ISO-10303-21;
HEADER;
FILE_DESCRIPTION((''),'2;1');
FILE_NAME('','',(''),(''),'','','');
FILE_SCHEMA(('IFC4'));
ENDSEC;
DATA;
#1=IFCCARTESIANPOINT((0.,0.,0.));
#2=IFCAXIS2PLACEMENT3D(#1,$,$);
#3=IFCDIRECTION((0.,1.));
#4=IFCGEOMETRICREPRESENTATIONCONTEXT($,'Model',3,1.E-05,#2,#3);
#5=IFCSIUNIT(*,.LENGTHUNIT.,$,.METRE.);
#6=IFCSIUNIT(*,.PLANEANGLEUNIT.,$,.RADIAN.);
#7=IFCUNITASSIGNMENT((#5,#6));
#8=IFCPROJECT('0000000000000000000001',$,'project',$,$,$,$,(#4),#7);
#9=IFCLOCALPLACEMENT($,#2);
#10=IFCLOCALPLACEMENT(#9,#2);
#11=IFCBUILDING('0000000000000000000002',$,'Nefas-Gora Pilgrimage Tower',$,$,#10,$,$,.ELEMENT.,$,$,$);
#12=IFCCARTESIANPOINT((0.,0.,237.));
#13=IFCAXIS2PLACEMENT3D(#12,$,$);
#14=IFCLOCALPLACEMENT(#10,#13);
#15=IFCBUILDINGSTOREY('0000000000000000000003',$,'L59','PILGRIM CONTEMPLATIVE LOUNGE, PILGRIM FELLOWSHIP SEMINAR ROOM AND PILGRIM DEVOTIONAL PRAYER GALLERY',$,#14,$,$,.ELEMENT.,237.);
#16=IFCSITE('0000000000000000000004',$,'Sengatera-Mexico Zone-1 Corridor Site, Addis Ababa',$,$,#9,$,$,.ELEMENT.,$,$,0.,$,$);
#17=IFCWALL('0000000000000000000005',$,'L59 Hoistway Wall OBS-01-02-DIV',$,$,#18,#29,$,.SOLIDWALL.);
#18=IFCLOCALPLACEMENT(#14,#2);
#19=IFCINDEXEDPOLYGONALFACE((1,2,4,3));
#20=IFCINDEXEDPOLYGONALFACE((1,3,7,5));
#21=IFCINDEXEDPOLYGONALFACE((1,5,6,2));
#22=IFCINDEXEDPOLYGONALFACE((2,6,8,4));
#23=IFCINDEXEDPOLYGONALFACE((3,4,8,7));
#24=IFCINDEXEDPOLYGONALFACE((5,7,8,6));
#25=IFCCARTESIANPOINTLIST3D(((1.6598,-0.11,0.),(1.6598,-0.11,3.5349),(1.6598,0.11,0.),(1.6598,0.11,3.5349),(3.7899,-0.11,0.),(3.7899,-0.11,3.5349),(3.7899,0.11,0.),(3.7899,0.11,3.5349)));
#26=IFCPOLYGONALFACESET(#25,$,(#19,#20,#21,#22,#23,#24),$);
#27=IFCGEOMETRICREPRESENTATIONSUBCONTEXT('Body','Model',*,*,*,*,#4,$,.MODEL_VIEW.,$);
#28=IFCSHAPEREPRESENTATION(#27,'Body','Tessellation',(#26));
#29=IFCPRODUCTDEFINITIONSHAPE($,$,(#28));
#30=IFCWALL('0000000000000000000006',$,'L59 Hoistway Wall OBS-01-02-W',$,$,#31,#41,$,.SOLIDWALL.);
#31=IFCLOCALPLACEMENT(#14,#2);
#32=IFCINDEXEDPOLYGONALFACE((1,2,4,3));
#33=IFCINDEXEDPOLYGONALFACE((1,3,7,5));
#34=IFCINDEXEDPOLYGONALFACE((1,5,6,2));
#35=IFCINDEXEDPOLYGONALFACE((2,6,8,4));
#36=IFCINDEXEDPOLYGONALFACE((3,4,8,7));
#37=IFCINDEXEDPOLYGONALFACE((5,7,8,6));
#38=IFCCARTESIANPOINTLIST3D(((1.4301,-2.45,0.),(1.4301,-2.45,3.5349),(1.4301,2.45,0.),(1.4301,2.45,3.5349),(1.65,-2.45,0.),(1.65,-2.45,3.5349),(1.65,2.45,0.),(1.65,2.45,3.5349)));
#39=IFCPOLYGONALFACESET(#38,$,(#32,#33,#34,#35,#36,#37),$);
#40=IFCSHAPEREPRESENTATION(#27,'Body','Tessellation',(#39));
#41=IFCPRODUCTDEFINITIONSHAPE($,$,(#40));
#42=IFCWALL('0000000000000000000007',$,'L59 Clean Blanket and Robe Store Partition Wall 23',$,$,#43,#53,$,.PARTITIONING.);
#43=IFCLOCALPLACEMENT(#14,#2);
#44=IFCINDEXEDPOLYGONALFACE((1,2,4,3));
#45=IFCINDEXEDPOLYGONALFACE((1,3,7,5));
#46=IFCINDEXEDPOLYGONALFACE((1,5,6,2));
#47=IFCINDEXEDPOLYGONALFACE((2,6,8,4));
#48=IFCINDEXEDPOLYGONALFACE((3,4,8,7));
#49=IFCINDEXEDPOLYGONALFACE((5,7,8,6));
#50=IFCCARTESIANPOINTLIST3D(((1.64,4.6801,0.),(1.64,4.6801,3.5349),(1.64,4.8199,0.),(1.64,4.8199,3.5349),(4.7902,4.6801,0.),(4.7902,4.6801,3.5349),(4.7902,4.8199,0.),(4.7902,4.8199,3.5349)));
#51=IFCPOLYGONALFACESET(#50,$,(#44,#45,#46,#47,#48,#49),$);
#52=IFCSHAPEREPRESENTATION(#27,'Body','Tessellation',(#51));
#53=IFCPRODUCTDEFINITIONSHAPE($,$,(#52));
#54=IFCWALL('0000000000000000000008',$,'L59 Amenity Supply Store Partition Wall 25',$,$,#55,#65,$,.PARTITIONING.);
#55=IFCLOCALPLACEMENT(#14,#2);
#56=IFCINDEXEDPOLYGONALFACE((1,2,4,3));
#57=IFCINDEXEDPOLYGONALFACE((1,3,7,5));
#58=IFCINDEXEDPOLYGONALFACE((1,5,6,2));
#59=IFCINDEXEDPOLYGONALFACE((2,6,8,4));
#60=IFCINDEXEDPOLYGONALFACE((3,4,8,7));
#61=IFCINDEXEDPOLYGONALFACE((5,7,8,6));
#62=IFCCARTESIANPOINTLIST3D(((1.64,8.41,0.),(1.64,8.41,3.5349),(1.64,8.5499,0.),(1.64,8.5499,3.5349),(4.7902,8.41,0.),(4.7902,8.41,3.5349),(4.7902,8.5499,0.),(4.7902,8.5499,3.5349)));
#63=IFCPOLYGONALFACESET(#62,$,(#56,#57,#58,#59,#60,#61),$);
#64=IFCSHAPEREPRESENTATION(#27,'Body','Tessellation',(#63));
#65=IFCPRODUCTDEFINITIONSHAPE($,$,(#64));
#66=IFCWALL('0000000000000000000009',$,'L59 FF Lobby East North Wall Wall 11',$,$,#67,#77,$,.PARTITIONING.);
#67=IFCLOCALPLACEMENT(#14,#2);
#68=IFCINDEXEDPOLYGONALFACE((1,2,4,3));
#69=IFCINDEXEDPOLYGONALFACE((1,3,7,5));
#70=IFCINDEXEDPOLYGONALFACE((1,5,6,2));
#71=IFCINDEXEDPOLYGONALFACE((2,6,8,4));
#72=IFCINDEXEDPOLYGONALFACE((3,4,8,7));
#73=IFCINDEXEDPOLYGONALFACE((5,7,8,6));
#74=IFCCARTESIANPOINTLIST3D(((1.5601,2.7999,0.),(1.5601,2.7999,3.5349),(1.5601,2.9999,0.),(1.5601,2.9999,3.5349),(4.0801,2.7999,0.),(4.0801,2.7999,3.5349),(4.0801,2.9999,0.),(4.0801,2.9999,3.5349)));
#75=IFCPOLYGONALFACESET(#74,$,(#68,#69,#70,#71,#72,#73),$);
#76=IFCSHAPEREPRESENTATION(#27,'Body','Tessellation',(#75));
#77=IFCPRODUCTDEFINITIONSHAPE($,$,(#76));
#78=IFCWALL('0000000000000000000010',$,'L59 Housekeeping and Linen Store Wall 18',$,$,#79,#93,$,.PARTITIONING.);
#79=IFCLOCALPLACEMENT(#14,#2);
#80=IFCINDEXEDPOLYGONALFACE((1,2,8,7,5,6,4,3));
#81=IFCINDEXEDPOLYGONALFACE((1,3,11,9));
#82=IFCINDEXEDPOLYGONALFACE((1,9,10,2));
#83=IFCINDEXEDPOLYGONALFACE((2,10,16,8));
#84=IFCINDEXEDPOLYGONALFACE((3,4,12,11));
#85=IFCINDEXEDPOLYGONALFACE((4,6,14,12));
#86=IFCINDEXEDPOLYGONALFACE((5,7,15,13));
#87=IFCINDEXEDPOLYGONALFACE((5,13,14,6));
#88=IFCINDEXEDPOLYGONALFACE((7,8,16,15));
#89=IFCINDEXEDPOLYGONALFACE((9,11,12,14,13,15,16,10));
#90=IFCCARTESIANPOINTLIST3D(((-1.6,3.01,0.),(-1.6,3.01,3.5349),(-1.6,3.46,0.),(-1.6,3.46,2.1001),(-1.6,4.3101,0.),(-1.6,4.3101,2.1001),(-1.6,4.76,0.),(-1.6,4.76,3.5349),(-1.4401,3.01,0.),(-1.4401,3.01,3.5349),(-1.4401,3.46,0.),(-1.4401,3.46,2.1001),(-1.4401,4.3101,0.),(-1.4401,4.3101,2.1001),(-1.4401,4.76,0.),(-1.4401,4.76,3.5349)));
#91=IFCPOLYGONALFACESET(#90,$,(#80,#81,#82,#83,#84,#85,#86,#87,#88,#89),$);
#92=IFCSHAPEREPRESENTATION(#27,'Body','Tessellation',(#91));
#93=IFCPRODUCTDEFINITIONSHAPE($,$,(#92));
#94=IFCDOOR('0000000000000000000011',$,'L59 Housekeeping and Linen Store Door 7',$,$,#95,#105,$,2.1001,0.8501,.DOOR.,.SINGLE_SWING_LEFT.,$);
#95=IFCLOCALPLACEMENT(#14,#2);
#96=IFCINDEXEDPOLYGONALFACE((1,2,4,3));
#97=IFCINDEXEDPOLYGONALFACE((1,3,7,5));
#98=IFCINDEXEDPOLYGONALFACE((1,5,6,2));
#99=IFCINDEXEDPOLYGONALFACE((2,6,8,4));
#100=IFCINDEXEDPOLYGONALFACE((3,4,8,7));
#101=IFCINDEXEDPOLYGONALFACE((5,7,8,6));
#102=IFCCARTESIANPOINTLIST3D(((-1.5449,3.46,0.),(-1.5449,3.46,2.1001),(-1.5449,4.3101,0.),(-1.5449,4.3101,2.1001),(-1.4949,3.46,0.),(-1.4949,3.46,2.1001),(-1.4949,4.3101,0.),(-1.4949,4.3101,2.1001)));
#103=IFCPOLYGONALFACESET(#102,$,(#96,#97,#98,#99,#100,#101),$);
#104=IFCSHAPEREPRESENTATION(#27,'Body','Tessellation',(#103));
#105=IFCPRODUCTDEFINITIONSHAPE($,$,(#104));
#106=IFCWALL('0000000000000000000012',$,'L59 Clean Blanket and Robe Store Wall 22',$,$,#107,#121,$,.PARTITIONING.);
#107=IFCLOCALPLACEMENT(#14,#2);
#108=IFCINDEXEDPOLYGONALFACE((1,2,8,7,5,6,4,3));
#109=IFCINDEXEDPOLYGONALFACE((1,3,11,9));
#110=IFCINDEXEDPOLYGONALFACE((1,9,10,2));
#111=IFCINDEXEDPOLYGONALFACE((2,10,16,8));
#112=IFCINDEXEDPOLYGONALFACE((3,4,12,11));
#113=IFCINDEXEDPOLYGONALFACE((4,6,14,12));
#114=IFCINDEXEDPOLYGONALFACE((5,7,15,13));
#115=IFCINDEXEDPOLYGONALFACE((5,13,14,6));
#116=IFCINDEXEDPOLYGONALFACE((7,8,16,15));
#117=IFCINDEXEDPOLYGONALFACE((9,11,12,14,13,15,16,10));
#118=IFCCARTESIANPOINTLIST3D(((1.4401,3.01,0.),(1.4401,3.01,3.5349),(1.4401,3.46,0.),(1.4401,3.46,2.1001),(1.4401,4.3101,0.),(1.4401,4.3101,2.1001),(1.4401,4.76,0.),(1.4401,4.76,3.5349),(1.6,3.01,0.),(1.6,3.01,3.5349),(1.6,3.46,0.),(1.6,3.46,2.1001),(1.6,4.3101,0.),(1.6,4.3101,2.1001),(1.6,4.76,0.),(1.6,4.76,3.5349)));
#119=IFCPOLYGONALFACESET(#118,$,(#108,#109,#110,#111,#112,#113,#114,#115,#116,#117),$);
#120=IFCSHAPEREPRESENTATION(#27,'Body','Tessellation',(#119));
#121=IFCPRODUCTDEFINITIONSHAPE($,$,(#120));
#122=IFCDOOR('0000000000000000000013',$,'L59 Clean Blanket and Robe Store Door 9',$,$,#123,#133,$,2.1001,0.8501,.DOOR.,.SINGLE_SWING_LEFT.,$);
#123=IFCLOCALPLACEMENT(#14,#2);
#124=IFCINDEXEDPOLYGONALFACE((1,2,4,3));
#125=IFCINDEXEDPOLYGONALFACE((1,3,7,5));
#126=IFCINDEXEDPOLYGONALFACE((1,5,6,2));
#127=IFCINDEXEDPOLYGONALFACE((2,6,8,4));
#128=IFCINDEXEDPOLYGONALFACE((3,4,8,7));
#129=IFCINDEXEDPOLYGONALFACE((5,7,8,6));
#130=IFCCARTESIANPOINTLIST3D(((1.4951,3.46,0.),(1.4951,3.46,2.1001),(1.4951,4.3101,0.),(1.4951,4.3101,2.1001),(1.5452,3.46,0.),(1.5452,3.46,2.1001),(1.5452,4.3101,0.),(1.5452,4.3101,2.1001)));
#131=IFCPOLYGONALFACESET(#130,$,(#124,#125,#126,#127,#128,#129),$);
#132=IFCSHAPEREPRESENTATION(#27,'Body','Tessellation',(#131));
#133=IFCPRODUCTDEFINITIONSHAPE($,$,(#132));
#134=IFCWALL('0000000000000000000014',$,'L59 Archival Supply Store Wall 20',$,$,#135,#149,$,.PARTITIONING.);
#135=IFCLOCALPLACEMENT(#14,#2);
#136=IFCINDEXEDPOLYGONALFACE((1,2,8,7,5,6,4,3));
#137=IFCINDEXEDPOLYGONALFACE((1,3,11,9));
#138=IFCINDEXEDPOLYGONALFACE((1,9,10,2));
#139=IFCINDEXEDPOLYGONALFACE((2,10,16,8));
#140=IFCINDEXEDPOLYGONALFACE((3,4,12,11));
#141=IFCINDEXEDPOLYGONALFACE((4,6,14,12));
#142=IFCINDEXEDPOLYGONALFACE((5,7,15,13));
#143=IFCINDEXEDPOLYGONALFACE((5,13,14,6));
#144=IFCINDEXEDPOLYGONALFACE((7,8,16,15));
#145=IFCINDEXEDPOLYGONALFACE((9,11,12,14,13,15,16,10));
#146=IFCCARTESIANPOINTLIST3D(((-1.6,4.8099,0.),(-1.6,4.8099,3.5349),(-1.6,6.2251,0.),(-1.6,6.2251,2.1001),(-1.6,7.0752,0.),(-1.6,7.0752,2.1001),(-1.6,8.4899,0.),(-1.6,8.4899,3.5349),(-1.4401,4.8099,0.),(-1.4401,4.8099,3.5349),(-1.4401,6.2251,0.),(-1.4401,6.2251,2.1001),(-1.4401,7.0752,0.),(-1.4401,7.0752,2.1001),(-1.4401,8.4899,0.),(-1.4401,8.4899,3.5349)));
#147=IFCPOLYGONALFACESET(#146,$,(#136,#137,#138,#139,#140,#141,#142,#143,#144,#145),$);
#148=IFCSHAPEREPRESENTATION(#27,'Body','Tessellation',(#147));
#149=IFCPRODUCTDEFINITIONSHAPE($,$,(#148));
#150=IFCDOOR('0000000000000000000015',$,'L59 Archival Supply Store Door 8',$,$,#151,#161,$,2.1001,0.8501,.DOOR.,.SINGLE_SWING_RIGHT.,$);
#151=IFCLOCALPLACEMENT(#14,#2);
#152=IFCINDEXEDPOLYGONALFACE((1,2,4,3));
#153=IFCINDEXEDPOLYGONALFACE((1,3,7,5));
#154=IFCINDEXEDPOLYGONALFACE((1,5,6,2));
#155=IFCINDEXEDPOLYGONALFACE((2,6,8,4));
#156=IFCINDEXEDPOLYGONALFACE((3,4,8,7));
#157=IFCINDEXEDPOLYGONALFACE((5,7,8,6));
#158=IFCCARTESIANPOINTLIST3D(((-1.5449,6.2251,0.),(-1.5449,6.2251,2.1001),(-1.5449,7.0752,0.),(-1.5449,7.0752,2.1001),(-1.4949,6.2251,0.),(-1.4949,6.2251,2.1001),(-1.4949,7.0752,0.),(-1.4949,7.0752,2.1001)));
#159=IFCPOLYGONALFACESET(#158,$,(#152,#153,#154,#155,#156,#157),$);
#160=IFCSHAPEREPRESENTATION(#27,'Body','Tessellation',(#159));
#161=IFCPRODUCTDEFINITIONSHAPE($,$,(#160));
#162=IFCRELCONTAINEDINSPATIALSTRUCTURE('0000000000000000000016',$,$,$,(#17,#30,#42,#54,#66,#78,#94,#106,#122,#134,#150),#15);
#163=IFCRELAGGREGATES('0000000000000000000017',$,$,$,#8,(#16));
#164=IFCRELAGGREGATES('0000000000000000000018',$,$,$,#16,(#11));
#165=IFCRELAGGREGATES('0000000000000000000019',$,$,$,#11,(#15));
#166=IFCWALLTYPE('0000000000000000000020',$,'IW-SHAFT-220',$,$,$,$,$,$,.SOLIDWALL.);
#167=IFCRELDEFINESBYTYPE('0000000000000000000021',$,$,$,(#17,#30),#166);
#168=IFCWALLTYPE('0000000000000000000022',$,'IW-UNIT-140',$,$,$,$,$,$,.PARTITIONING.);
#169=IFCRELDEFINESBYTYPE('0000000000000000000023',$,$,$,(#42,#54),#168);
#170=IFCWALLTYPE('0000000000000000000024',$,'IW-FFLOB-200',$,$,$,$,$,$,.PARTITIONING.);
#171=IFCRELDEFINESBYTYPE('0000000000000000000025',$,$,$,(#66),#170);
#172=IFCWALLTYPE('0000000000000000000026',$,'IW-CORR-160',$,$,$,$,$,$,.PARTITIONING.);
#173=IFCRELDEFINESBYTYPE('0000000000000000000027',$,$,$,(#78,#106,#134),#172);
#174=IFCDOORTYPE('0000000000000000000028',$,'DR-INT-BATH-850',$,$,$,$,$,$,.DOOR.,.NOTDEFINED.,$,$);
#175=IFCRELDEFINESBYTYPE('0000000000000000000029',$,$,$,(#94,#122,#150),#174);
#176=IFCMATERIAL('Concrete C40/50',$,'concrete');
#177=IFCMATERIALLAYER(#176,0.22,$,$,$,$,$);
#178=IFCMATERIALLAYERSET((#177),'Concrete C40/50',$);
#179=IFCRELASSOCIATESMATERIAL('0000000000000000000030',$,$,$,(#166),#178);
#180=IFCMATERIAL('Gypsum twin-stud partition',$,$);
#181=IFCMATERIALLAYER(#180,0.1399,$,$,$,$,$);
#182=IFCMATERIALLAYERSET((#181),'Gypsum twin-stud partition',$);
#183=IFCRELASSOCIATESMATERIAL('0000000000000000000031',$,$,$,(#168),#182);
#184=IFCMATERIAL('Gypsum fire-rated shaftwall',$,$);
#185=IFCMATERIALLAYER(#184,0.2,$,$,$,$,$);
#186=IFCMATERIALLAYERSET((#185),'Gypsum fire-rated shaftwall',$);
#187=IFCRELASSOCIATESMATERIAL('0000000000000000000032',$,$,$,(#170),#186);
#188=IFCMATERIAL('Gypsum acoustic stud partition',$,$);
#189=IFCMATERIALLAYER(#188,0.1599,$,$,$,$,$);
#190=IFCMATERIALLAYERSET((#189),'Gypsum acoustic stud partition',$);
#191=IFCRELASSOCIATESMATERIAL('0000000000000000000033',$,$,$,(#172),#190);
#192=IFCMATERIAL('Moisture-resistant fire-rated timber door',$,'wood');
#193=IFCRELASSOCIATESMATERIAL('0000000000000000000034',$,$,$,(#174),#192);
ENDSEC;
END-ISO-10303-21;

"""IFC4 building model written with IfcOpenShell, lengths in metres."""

from ifc_helpers import new_model, si_unit, direction, frame, frame_2d, origin, place, context, subcontext, project, spatial, rectangle, extrude, source, transform, mapped, material, layer, layer_set, type_object, element, fill, save


model = new_model("IFC4")

# Units and contexts
model_context = context("Model", 3, precision=1e-05, world=origin(), true_north=direction((0.0, 1.0)))
body_context = subcontext(model_context, "Body", "Model", "MODEL_VIEW")
ifc_project = project(units=[si_unit("LENGTHUNIT", "METRE"), si_unit("PLANEANGLEUNIT", "RADIAN")], contexts=[model_context])

# Site, building, storey
site_placement = place(None, origin())
site = spatial("IfcSite", under=ifc_project, at=site_placement, Name="Sengatera-Mexico Zone-1 Corridor Site, Addis Ababa", CompositionType="ELEMENT", RefElevation=0.0)
building_placement = place(site_placement, origin())
building = spatial("IfcBuilding", under=site, at=building_placement, Name="Nefas-Gora Pilgrimage Tower", CompositionType="ELEMENT")
storey_placement = place(building_placement, frame((0.0, 0.0, 237.0)))
storey = spatial("IfcBuildingStorey", under=building, at=storey_placement, Name="L59", Description="PILGRIM CONTEMPLATIVE LOUNGE, PILGRIM FELLOWSHIP SEMINAR ROOM AND PILGRIM DEVOTIONAL PRAYER GALLERY", CompositionType="ELEMENT", Elevation=237.0)

# Shared definitions
ifc_material_1 = material(Name="Concrete C40/50", Category="concrete")

# Walls
ifc_layer_1 = layer(ifc_material_1, 0.22)
ifc_layer_set_1 = layer_set([ifc_layer_1], Name="Concrete C40/50")
wall_type_1 = type_object("IfcWallType", Name="IW-SHAFT-220", PredefinedType="SOLIDWALL", material=ifc_layer_set_1)
shared_shape_1 = source(origin(), body_context, "Body", "SweptSolid", [
    extrude(rectangle(XDim=2.1301, YDim=0.22, at=frame_2d((1.0649, 0.0))), origin(), (0.0, 0.0, 1.0), 3.5349),
])
wall_1_placement = place(storey_placement, frame((1.6599, 0.0, 0.0), z_axis=(0.0, 0.0, 1.0), x_axis=(1.0, 0.0, 0.0)))
element("IfcWall", 1, at=wall_1_placement, inside=storey, type_object=wall_type_1, Name="L59 Hoistway Wall OBS-01-02-DIV", PredefinedType="SOLIDWALL", context=body_context, shape_type="MappedRepresentation", body=[
    mapped(shared_shape_1, transform((0.0, 0.0, 0.0), x_axis=(1.0, 0.0, 0.0), y_axis=(0.0, 1.0, 0.0), z_axis=(0.0, 0.0, 1.0), scale=1.0)),
])
shared_shape_2 = source(origin(), body_context, "Body", "SweptSolid", [
    extrude(rectangle(XDim=4.8999, YDim=0.22, at=frame_2d((2.45, 0.0))), origin(), (0.0, 0.0, 1.0), 3.5349),
])
wall_2_placement = place(storey_placement, frame((1.54, 2.45, 0.0), z_axis=(0.0, 0.0, 1.0), x_axis=(0.0, -1.0, 0.0)))
element("IfcWall", 2, at=wall_2_placement, inside=storey, type_object=wall_type_1, Name="L59 Hoistway Wall OBS-01-02-W", PredefinedType="SOLIDWALL", context=body_context, shape_type="MappedRepresentation", body=[
    mapped(shared_shape_2, transform((0.0, 0.0, 0.0), x_axis=(1.0, 0.0, 0.0), y_axis=(0.0, 1.0, 0.0), z_axis=(0.0, 0.0, 1.0), scale=1.0)),
])
ifc_material_2 = material(Name="Gypsum twin-stud partition")
ifc_layer_2 = layer(ifc_material_2, 0.1399)
ifc_layer_set_2 = layer_set([ifc_layer_2], Name="Gypsum twin-stud partition")
wall_type_2 = type_object("IfcWallType", Name="IW-UNIT-140", PredefinedType="PARTITIONING", material=ifc_layer_set_2)
shared_shape_3 = source(origin(), body_context, "Body", "SweptSolid", [
    extrude(rectangle(XDim=3.1501, YDim=0.1399, at=frame_2d((1.5752, 0.0))), origin(), (0.0, 0.0, 1.0), 3.5349),
])
for number, where, z_axis, x_axis, name in (
    (3, (1.6399, 4.75, 0.0), (0.0, 0.0, 1.0), (1.0, 0.0, 0.0), "L59 Clean Blanket and Robe Store Partition Wall 23"),
    (4, (1.6399, 8.48, 0.0), (0.0, 0.0, 1.0), (1.0, 0.0, 0.0), "L59 Amenity Supply Store Partition Wall 25"),
):
    element("IfcWall", number, at=place(storey_placement, frame(where, z_axis=z_axis, x_axis=x_axis)), inside=storey, type_object=wall_type_2, Name=name, PredefinedType="PARTITIONING", context=body_context, shape_type="MappedRepresentation", body=[
        mapped(shared_shape_3, transform((0.0, 0.0, 0.0), x_axis=(1.0, 0.0, 0.0), y_axis=(0.0, 1.0, 0.0), z_axis=(0.0, 0.0, 1.0), scale=1.0)),
    ])
ifc_material_3 = material(Name="Gypsum fire-rated shaftwall")
ifc_layer_3 = layer(ifc_material_3, 0.2)
ifc_layer_set_3 = layer_set([ifc_layer_3], Name="Gypsum fire-rated shaftwall")
wall_type_3 = type_object("IfcWallType", Name="IW-FFLOB-200", PredefinedType="PARTITIONING", material=ifc_layer_set_3)
shared_shape_4 = source(origin(), body_context, "Body", "SweptSolid", [
    extrude(rectangle(XDim=2.52, YDim=0.2, at=frame_2d((1.26, 0.0))), origin(), (0.0, 0.0, 1.0), 3.5349),
])
wall_3_placement = place(storey_placement, frame((1.5601, 2.8999, 0.0), z_axis=(0.0, 0.0, 1.0), x_axis=(1.0, 0.0, 0.0)))
element("IfcWall", 5, at=wall_3_placement, inside=storey, type_object=wall_type_3, Name="L59 FF Lobby East North Wall Wall 11", PredefinedType="PARTITIONING", context=body_context, shape_type="MappedRepresentation", body=[
    mapped(shared_shape_4, transform((0.0, 0.0, 0.0), x_axis=(1.0, 0.0, 0.0), y_axis=(0.0, 1.0, 0.0), z_axis=(0.0, 0.0, 1.0), scale=1.0)),
])

# Walls, openings, doors
ifc_material_4 = material(Name="Gypsum acoustic stud partition")
ifc_layer_4 = layer(ifc_material_4, 0.1599)
ifc_layer_set_4 = layer_set([ifc_layer_4], Name="Gypsum acoustic stud partition")
wall_type_4 = type_object("IfcWallType", Name="IW-CORR-160", PredefinedType="PARTITIONING", material=ifc_layer_set_4)
shared_shape_5 = source(origin(), body_context, "Body", "SweptSolid", [
    extrude(rectangle(XDim=1.75, YDim=0.1599, at=frame_2d((0.875, 0.0))), origin(), (0.0, 0.0, 1.0), 3.5349),
])
wall_4_placement = place(storey_placement, frame((-1.52, 3.01, 0.0), z_axis=(0.0, 0.0, 1.0), x_axis=(0.0, 1.0, 0.0)))
wall_4 = element("IfcWall", 6, at=wall_4_placement, inside=storey, type_object=wall_type_4, Name="L59 Housekeeping and Linen Store Wall 18", PredefinedType="PARTITIONING", context=body_context, shape_type="MappedRepresentation", body=[
    mapped(shared_shape_5, transform((0.0, 0.0, 0.0), x_axis=(1.0, 0.0, 0.0), y_axis=(0.0, 1.0, 0.0), z_axis=(0.0, 0.0, 1.0), scale=1.0)),
])
opening_1_placement = place(wall_4_placement, frame((0.45, 0.0, 0.0)))
opening_1 = element("IfcOpeningElement", 7, at=opening_1_placement, cuts=wall_4, PredefinedType="OPENING", context=body_context, shape_type="SweptSolid", body=[
    extrude(rectangle(XDim=0.8501, YDim=2.1001, at=frame_2d((0.425, 1.05))), frame((0.0, 0.0898, 0.0), z_axis=(0.0, -1.0, 0.0), x_axis=(1.0, 0.0, 0.0)), (0.0, 0.0, 1.0), 0.1799),
])
ifc_material_5 = material(Name="Moisture-resistant fire-rated timber door", Category="wood")
door_type = type_object("IfcDoorType", Name="DR-INT-BATH-850", OperationType="NOTDEFINED", PredefinedType="DOOR", material=ifc_material_5)
shared_shape_6 = source(origin(), body_context, "Body", "SweptSolid", [
    extrude(rectangle(XDim=0.8501, YDim=2.1001, at=frame_2d((0.425, 1.05))), frame((0.0, 0.0249, 0.0), z_axis=(0.0, -1.0, 0.0), x_axis=(1.0, 0.0, 0.0)), (0.0, 0.0, 1.0), 0.05),
])
door_1_placement = place(opening_1_placement, origin())
door_1 = element("IfcDoor", 8, at=door_1_placement, inside=storey, type_object=door_type, Name="L59 Housekeeping and Linen Store Door 7", OperationType="SINGLE_SWING_LEFT", OverallHeight=2.1001, OverallWidth=0.8501, PredefinedType="DOOR", context=body_context, shape_type="MappedRepresentation", body=[
    mapped(shared_shape_6, transform((0.0, 0.0, 0.0), x_axis=(1.0, 0.0, 0.0), y_axis=(0.0, 1.0, 0.0), z_axis=(0.0, 0.0, 1.0), scale=1.0)),
])
fill(opening_1, door_1)
wall_5_placement = place(storey_placement, frame((1.52, 3.01, 0.0), z_axis=(0.0, 0.0, 1.0), x_axis=(0.0, 1.0, 0.0)))
wall_5 = element("IfcWall", 9, at=wall_5_placement, inside=storey, type_object=wall_type_4, Name="L59 Clean Blanket and Robe Store Wall 22", PredefinedType="PARTITIONING", context=body_context, shape_type="MappedRepresentation", body=[
    mapped(shared_shape_5, transform((0.0, 0.0, 0.0), x_axis=(1.0, 0.0, 0.0), y_axis=(0.0, 1.0, 0.0), z_axis=(0.0, 0.0, 1.0), scale=1.0)),
])
opening_2_placement = place(wall_5_placement, frame((0.45, 0.0, 0.0)))
opening_2 = element("IfcOpeningElement", 10, at=opening_2_placement, cuts=wall_5, PredefinedType="OPENING", context=body_context, shape_type="SweptSolid", body=[
    extrude(rectangle(XDim=0.8501, YDim=2.1001, at=frame_2d((0.425, 1.05))), frame((0.0, 0.0898, 0.0), z_axis=(0.0, -1.0, 0.0), x_axis=(1.0, 0.0, 0.0)), (0.0, 0.0, 1.0), 0.1799),
])
door_2_placement = place(opening_2_placement, origin())
door_2 = element("IfcDoor", 11, at=door_2_placement, inside=storey, type_object=door_type, Name="L59 Clean Blanket and Robe Store Door 9", OperationType="SINGLE_SWING_LEFT", OverallHeight=2.1001, OverallWidth=0.8501, PredefinedType="DOOR", context=body_context, shape_type="MappedRepresentation", body=[
    mapped(shared_shape_6, transform((0.0, 0.0, 0.0), x_axis=(1.0, 0.0, 0.0), y_axis=(0.0, 1.0, 0.0), z_axis=(0.0, 0.0, 1.0), scale=1.0)),
])
fill(opening_2, door_2)
shared_shape_7 = source(origin(), body_context, "Body", "SweptSolid", [
    extrude(rectangle(XDim=3.6799, YDim=0.1599, at=frame_2d((1.8398, 0.0))), origin(), (0.0, 0.0, 1.0), 3.5349),
])
wall_6_placement = place(storey_placement, frame((-1.52, 4.8101, 0.0), z_axis=(0.0, 0.0, 1.0), x_axis=(0.0, 1.0, 0.0)))
wall_6 = element("IfcWall", 12, at=wall_6_placement, inside=storey, type_object=wall_type_4, Name="L59 Archival Supply Store Wall 20", PredefinedType="PARTITIONING", context=body_context, shape_type="MappedRepresentation", body=[
    mapped(shared_shape_7, transform((0.0, 0.0, 0.0), x_axis=(1.0, 0.0, 0.0), y_axis=(0.0, 1.0, 0.0), z_axis=(0.0, 0.0, 1.0), scale=1.0)),
])
opening_3_placement = place(wall_6_placement, frame((1.415, 0.0, 0.0)))
opening_3 = element("IfcOpeningElement", 13, at=opening_3_placement, cuts=wall_6, PredefinedType="OPENING", context=body_context, shape_type="SweptSolid", body=[
    extrude(rectangle(XDim=0.8501, YDim=2.1001, at=frame_2d((0.425, 1.05))), frame((0.0, 0.0898, 0.0), z_axis=(0.0, -1.0, 0.0), x_axis=(1.0, 0.0, 0.0)), (0.0, 0.0, 1.0), 0.1799),
])
door_3_placement = place(opening_3_placement, origin())
door_3 = element("IfcDoor", 14, at=door_3_placement, inside=storey, type_object=door_type, Name="L59 Archival Supply Store Door 8", OperationType="SINGLE_SWING_RIGHT", OverallHeight=2.1001, OverallWidth=0.8501, PredefinedType="DOOR", context=body_context, shape_type="MappedRepresentation", body=[
    mapped(shared_shape_6, transform((0.0, 0.0, 0.0), x_axis=(1.0, 0.0, 0.0), y_axis=(0.0, 1.0, 0.0), z_axis=(0.0, 0.0, 1.0), scale=1.0)),
])
fill(opening_3, door_3)

save(model, "model.ifc")
